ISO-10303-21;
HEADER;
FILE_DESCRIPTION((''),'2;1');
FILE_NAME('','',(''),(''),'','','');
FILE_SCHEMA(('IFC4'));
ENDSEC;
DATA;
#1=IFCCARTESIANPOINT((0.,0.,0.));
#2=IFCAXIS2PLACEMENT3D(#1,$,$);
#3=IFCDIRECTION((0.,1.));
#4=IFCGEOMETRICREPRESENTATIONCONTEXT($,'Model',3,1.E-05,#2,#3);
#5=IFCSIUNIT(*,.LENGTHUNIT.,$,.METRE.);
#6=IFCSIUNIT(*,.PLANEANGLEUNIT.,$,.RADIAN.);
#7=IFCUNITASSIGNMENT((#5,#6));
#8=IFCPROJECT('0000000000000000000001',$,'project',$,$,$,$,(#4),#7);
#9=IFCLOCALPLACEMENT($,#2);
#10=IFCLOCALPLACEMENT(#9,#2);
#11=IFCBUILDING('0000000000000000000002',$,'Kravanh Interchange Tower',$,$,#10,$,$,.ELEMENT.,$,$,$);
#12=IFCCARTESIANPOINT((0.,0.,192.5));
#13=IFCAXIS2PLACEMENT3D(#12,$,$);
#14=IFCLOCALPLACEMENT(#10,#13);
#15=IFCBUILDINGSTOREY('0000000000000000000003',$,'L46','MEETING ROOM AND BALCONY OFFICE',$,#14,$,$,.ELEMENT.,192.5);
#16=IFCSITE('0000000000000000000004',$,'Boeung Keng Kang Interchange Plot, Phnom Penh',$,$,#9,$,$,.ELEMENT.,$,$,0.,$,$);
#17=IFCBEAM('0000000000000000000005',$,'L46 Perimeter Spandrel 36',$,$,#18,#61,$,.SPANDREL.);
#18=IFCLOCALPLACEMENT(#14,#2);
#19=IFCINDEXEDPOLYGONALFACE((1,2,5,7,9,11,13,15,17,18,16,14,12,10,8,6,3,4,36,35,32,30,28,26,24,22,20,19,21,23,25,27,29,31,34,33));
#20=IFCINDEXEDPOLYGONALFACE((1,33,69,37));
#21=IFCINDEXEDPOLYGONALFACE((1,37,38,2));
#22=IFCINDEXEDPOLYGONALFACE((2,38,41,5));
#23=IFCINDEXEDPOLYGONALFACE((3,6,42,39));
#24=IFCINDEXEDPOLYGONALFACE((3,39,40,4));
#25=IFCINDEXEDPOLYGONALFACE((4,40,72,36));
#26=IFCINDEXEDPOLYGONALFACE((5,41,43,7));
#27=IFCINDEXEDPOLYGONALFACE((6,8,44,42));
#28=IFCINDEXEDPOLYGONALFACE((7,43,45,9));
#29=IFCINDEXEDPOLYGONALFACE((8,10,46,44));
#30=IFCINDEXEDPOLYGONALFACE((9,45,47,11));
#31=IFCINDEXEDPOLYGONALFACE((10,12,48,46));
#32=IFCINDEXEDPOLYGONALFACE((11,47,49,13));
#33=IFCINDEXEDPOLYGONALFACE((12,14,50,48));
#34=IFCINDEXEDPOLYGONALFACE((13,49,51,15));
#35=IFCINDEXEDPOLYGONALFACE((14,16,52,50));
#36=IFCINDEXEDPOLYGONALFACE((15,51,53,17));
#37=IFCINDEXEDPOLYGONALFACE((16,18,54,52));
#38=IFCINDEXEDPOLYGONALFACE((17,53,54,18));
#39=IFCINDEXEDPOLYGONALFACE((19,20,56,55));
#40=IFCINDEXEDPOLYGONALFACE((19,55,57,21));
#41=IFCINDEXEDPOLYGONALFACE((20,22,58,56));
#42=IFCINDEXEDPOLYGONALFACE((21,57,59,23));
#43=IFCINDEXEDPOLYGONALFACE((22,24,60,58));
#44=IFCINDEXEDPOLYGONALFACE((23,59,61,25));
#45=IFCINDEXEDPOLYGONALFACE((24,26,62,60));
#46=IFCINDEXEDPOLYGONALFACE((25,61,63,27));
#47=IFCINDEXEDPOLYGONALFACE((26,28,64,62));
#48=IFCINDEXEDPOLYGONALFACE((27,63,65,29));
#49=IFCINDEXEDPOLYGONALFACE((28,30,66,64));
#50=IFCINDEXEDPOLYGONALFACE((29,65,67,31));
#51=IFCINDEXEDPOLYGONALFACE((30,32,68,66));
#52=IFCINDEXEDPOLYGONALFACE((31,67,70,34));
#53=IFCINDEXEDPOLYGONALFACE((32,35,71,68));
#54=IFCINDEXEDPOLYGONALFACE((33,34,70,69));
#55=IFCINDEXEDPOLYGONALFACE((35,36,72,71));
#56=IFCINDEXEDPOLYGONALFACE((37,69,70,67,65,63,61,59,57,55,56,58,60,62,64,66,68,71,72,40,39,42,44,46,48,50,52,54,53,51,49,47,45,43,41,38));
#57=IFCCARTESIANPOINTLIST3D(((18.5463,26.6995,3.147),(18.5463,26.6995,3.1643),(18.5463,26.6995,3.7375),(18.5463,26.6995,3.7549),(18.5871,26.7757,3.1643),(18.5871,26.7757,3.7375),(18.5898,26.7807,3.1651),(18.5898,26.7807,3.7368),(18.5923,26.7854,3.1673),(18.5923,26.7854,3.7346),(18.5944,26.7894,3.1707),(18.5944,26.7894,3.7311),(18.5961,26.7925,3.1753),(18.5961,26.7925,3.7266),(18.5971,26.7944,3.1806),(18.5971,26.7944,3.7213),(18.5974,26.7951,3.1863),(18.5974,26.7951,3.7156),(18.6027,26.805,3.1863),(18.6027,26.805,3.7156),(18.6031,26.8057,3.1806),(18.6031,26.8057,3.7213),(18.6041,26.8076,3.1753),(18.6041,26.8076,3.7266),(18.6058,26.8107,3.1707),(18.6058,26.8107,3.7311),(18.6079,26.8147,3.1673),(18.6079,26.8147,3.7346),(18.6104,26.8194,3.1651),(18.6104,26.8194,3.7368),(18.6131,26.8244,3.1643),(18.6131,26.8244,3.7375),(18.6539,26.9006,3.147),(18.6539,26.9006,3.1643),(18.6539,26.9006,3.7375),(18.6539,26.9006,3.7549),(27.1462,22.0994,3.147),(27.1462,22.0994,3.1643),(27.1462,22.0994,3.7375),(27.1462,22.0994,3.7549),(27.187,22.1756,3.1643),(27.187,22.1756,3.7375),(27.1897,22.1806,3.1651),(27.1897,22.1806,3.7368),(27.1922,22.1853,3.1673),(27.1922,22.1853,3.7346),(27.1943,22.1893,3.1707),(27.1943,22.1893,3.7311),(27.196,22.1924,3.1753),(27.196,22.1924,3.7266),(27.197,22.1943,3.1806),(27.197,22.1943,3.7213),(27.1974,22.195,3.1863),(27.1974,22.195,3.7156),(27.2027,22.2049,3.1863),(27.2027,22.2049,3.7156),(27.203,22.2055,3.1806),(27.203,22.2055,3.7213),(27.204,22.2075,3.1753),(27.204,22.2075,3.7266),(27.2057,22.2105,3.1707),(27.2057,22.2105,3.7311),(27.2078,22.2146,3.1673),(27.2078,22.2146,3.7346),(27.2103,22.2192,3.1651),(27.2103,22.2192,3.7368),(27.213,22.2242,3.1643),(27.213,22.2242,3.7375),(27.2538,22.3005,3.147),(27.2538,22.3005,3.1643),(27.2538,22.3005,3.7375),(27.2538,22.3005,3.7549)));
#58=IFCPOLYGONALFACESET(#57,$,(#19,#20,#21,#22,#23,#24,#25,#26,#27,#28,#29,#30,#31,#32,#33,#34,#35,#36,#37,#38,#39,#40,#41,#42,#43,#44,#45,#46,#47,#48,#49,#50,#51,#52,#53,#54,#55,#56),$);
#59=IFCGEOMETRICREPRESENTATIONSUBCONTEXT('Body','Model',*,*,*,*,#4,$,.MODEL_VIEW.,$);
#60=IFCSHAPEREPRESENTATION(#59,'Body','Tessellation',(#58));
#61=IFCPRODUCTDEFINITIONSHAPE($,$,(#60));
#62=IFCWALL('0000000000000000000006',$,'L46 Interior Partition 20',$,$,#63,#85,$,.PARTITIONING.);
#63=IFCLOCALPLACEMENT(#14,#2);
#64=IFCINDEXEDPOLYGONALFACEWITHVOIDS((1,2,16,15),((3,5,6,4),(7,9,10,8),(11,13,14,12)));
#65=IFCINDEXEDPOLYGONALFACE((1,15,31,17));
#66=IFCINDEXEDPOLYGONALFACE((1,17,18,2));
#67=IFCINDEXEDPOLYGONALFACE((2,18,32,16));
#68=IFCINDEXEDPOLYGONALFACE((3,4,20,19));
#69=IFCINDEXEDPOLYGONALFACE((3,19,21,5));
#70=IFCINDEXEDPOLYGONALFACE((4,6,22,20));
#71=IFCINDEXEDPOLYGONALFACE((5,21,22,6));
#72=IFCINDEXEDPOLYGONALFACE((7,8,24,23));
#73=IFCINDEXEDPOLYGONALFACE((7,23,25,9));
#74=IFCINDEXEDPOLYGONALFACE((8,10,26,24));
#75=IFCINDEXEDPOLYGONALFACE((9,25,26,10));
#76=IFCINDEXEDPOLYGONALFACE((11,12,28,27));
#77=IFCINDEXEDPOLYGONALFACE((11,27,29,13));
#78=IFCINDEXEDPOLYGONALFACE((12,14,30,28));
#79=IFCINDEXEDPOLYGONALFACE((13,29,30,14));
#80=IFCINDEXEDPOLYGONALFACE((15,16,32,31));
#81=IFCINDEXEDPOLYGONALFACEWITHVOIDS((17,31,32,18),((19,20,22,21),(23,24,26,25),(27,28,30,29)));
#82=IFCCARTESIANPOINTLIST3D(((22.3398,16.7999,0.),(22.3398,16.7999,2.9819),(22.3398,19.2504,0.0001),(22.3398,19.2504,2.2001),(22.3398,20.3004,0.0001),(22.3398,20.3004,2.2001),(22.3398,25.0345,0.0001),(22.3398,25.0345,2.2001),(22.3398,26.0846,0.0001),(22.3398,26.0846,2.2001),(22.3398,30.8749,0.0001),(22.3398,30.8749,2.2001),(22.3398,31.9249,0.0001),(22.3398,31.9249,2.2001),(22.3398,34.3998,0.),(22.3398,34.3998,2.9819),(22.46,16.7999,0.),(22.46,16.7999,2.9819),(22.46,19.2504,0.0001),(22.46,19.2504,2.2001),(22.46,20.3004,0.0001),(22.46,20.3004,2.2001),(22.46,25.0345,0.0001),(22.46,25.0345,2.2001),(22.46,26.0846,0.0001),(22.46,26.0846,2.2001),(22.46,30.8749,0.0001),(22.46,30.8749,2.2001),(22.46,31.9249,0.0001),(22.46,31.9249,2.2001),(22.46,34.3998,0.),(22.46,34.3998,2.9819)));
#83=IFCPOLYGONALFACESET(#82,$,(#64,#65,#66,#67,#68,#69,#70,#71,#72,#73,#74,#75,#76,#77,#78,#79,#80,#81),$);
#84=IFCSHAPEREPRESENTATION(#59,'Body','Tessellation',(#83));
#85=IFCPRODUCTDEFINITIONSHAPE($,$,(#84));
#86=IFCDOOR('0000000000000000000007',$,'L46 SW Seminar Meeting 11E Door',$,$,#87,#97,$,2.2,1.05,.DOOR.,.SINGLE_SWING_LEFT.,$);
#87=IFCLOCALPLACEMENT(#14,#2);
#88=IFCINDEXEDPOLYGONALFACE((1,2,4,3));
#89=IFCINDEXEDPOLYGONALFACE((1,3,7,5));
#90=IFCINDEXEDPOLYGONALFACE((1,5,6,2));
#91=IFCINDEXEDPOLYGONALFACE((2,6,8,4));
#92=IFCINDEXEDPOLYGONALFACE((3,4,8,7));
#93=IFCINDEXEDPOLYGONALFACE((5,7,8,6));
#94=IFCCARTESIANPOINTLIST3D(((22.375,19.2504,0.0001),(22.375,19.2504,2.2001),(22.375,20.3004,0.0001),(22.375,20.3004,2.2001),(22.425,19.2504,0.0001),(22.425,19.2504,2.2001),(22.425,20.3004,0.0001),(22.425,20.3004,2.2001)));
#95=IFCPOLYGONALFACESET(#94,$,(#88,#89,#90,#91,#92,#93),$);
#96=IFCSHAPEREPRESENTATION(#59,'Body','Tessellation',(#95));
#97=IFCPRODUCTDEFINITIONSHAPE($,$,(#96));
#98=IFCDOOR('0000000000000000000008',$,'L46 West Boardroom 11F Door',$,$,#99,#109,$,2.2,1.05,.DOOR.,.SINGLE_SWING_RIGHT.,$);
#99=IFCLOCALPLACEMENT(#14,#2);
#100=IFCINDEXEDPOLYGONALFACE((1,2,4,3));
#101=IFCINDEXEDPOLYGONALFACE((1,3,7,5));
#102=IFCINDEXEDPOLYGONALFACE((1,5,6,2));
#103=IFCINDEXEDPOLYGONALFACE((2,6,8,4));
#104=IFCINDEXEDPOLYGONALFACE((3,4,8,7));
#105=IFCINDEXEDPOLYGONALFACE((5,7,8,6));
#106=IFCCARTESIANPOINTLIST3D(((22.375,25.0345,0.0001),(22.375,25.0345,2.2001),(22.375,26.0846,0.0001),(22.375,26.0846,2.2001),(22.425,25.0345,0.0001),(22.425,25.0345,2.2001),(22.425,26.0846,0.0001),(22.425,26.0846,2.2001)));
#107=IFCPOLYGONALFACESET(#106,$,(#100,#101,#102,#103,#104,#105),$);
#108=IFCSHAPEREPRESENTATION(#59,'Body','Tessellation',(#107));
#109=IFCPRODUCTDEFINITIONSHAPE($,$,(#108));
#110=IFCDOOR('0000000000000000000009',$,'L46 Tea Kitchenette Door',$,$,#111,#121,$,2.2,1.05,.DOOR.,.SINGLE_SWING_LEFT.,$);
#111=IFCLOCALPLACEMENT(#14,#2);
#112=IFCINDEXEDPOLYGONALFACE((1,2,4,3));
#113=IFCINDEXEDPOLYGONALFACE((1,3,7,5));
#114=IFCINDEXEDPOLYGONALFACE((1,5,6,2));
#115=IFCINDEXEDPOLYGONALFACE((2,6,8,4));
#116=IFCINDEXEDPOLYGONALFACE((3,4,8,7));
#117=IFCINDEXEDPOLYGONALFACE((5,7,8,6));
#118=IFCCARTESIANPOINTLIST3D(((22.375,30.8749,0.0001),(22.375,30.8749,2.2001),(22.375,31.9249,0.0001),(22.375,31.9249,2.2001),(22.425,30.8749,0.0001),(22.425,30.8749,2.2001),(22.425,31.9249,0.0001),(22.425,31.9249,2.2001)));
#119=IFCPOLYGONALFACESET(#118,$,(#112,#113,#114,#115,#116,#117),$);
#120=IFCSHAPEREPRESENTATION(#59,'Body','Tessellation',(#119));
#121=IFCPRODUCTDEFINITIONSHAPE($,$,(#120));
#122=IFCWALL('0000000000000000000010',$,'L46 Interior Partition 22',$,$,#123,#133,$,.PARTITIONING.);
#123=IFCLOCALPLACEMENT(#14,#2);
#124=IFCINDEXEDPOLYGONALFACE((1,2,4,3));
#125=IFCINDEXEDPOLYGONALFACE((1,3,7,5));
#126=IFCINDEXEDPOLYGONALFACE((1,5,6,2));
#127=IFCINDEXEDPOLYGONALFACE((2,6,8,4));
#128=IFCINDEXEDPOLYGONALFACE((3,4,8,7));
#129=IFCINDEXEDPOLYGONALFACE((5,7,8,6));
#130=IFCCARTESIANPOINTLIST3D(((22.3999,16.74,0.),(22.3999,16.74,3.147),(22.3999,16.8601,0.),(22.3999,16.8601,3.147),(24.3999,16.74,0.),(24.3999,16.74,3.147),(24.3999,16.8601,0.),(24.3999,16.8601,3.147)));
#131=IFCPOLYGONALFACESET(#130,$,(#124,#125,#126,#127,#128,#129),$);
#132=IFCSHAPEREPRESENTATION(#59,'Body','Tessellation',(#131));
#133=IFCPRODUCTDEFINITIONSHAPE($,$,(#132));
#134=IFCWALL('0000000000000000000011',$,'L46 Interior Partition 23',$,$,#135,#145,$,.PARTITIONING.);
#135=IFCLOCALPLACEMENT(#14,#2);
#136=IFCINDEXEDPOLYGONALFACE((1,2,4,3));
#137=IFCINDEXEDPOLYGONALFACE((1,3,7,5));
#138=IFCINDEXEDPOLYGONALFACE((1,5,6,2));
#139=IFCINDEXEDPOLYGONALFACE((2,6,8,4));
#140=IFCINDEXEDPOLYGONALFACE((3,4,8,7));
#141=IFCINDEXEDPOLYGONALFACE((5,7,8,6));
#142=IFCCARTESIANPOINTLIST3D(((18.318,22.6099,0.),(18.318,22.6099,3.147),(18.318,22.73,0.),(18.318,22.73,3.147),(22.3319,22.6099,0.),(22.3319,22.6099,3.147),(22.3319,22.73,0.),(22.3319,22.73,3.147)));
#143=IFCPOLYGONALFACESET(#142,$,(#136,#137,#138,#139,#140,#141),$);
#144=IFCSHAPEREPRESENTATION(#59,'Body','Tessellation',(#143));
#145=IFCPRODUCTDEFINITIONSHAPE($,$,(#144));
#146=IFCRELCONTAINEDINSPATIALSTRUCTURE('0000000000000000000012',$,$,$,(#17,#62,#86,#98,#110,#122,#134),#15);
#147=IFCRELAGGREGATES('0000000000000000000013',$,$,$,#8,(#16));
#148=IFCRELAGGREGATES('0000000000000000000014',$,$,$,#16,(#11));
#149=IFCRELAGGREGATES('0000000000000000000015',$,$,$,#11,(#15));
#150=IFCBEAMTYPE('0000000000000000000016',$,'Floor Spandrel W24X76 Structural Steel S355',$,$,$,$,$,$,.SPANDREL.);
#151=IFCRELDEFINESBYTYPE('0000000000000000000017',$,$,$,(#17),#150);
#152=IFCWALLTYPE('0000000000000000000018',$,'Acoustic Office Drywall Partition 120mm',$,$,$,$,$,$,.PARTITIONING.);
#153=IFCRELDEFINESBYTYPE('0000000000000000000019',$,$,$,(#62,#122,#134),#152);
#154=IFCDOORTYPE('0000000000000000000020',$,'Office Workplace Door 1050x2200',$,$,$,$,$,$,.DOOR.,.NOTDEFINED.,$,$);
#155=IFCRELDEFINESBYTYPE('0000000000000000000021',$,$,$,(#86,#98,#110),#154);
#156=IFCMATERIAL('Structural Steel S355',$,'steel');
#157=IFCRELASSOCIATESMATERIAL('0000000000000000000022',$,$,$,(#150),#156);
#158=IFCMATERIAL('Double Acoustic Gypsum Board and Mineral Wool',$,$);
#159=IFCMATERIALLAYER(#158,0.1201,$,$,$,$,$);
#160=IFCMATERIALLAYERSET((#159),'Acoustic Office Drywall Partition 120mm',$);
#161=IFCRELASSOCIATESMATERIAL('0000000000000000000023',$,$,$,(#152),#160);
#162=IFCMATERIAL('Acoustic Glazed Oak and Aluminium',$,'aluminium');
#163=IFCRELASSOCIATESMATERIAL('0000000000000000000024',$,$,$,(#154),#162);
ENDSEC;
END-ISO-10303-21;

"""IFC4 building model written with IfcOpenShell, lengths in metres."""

from ifc_helpers import new_model, si_unit, direction, frame, frame_2d, origin, origin_2d, place, context, subcontext, project, spatial, rectangle, i_section, extrude, material, layer, layer_set, material_profile, profile_set, type_object, element, fill, save


model = new_model("IFC4")

# Units and contexts
model_context = context("Model", 3, precision=1e-05, world=origin(), true_north=direction((0.0, 1.0)))
body_context = subcontext(model_context, "Body", "Model", "MODEL_VIEW")
ifc_project = project(units=[si_unit("LENGTHUNIT", "METRE"), si_unit("PLANEANGLEUNIT", "RADIAN")], contexts=[model_context])

# Site, building, storey
site_placement = place(None, origin())
site = spatial("IfcSite", under=ifc_project, at=site_placement, Name="Boeung Keng Kang Interchange Plot, Phnom Penh", CompositionType="ELEMENT", RefElevation=0.0)
building_placement = place(site_placement, origin())
building = spatial("IfcBuilding", under=site, at=building_placement, Name="Kravanh Interchange Tower", CompositionType="ELEMENT")
storey_placement = place(building_placement, frame((0.0, 0.0, 192.5)))
storey = spatial("IfcBuildingStorey", under=building, at=storey_placement, Name="L46", Description="MEETING ROOM AND BALCONY OFFICE", CompositionType="ELEMENT", Elevation=192.5)

# Beam
ifc_material_1 = material(Name="Structural Steel S355", Category="steel")
ifc_material_profile_1 = material_profile(ifc_material_1, i_section(OverallWidth=0.228, OverallDepth=0.6079, WebThickness=0.0112, FlangeThickness=0.0173, FilletRadius=0.022, at=origin_2d()), Name="W24X76")
ifc_profile_set_1 = profile_set([ifc_material_profile_1], Name="Structural Steel S355")
beam_type_1 = type_object("IfcBeamType", Name="Floor Spandrel W24X76 Structural Steel S355", PredefinedType="SPANDREL", material=ifc_profile_set_1)
beam_1_placement = place(storey_placement, frame((18.6001, 26.8, 3.4509), z_axis=(0.881777, -0.471666, 0.0), x_axis=(0.471666, 0.881777, 0.0)))
element("IfcBeam", 1, at=beam_1_placement, inside=storey, type_object=beam_type_1, Name="L46 Perimeter Spandrel 36", PredefinedType="SPANDREL", context=body_context, shape_type="SweptSolid", body=[
    extrude(i_section(OverallWidth=0.228, OverallDepth=0.6079, WebThickness=0.0112, FlangeThickness=0.0173, FilletRadius=0.022, at=origin_2d()), origin(), (0.0, 0.0, 1.0), 9.7529),
])

# Wall, openings, doors
ifc_material_2 = material(Name="Double Acoustic Gypsum Board and Mineral Wool")
ifc_layer_1 = layer(ifc_material_2, 0.1201)
ifc_layer_set_1 = layer_set([ifc_layer_1], Name="Acoustic Office Drywall Partition 120mm")
wall_type_1 = type_object("IfcWallType", Name="Acoustic Office Drywall Partition 120mm", PredefinedType="PARTITIONING", material=ifc_layer_set_1)
wall_1_placement = place(storey_placement, frame((22.3999, 16.8, 0.0), z_axis=(0.0, 0.0, 1.0), x_axis=(0.0, 1.0, 0.0)))
wall_1 = element("IfcWall", 2, at=wall_1_placement, inside=storey, type_object=wall_type_1, Name="L46 Interior Partition 20", PredefinedType="PARTITIONING", context=body_context, shape_type="SweptSolid", body=[
    extrude(rectangle(XDim=17.5999, YDim=0.1201, at=frame_2d((8.7998, 0.0))), origin(), (0.0, 0.0, 1.0), 2.9819),
])
opening_1_placement = place(wall_1_placement, frame((2.4504, 0.0, 0.0)))
opening_1 = element("IfcOpeningElement", 3, at=opening_1_placement, cuts=wall_1, PredefinedType="OPENING", context=body_context, shape_type="SweptSolid", body=[
    extrude(rectangle(XDim=1.05, YDim=2.2, at=frame_2d((0.5249, 1.1001))), frame((0.0, 0.0701, 0.0), z_axis=(0.0, -1.0, 0.0), x_axis=(1.0, 0.0, 0.0)), (0.0, 0.0, 1.0), 0.1401),
])
opening_2_placement = place(wall_1_placement, frame((8.2346, 0.0, 0.0)))
opening_2 = element("IfcOpeningElement", 4, at=opening_2_placement, cuts=wall_1, PredefinedType="OPENING", context=body_context, shape_type="SweptSolid", body=[
    extrude(rectangle(XDim=1.05, YDim=2.2, at=frame_2d((0.5249, 1.1001))), frame((0.0, 0.0701, 0.0), z_axis=(0.0, -1.0, 0.0), x_axis=(1.0, 0.0, 0.0)), (0.0, 0.0, 1.0), 0.1401),
])
opening_3_placement = place(wall_1_placement, frame((14.075, 0.0, 0.0)))
opening_3 = element("IfcOpeningElement", 5, at=opening_3_placement, cuts=wall_1, PredefinedType="OPENING", context=body_context, shape_type="SweptSolid", body=[
    extrude(rectangle(XDim=1.05, YDim=2.2, at=frame_2d((0.5249, 1.1001))), frame((0.0, 0.0701, 0.0), z_axis=(0.0, -1.0, 0.0), x_axis=(1.0, 0.0, 0.0)), (0.0, 0.0, 1.0), 0.1401),
])
ifc_material_3 = material(Name="Acoustic Glazed Oak and Aluminium", Category="aluminium")
door_type_1 = type_object("IfcDoorType", Name="Office Workplace Door 1050x2200", OperationType="NOTDEFINED", PredefinedType="DOOR", material=ifc_material_3)
door_1_placement = place(opening_1_placement, origin())
door_1 = element("IfcDoor", 6, at=door_1_placement, inside=storey, type_object=door_type_1, Name="L46 SW Seminar Meeting 11E Door", OperationType="SINGLE_SWING_LEFT", OverallHeight=2.2, OverallWidth=1.05, PredefinedType="DOOR", context=body_context, shape_type="SweptSolid", body=[
    extrude(rectangle(XDim=1.05, YDim=2.2, at=frame_2d((0.5249, 1.1001))), frame((0.0, 0.0249, 0.0), z_axis=(0.0, -1.0, 0.0), x_axis=(1.0, 0.0, 0.0)), (0.0, 0.0, 1.0), 0.05),
])
fill(opening_1, door_1)
door_2_placement = place(opening_2_placement, origin())
door_2 = element("IfcDoor", 7, at=door_2_placement, inside=storey, type_object=door_type_1, Name="L46 West Boardroom 11F Door", OperationType="SINGLE_SWING_RIGHT", OverallHeight=2.2, OverallWidth=1.05, PredefinedType="DOOR", context=body_context, shape_type="SweptSolid", body=[
    extrude(rectangle(XDim=1.05, YDim=2.2, at=frame_2d((0.5249, 1.1001))), frame((0.0, 0.0249, 0.0), z_axis=(0.0, -1.0, 0.0), x_axis=(1.0, 0.0, 0.0)), (0.0, 0.0, 1.0), 0.05),
])
fill(opening_2, door_2)
door_3_placement = place(opening_3_placement, origin())
door_3 = element("IfcDoor", 8, at=door_3_placement, inside=storey, type_object=door_type_1, Name="L46 Tea Kitchenette Door", OperationType="SINGLE_SWING_LEFT", OverallHeight=2.2, OverallWidth=1.05, PredefinedType="DOOR", context=body_context, shape_type="SweptSolid", body=[
    extrude(rectangle(XDim=1.05, YDim=2.2, at=frame_2d((0.5249, 1.1001))), frame((0.0, 0.0249, 0.0), z_axis=(0.0, -1.0, 0.0), x_axis=(1.0, 0.0, 0.0)), (0.0, 0.0, 1.0), 0.05),
])
fill(opening_3, door_3)

# Walls
wall_2_placement = place(storey_placement, frame((22.3999, 16.8, 0.0), z_axis=(0.0, 0.0, 1.0), x_axis=(1.0, 0.0, 0.0)))
element("IfcWall", 9, at=wall_2_placement, inside=storey, type_object=wall_type_1, Name="L46 Interior Partition 22", PredefinedType="PARTITIONING", context=body_context, shape_type="SweptSolid", body=[
    extrude(rectangle(XDim=2.0, YDim=0.1201, at=frame_2d((1.0, 0.0))), origin(), (0.0, 0.0, 1.0), 3.147),
])
wall_3_placement = place(storey_placement, frame((18.3181, 22.6699, 0.0), z_axis=(0.0, 0.0, 1.0), x_axis=(1.0, 0.0, 0.0)))
element("IfcWall", 10, at=wall_3_placement, inside=storey, type_object=wall_type_1, Name="L46 Interior Partition 23", PredefinedType="PARTITIONING", context=body_context, shape_type="SweptSolid", body=[
    extrude(rectangle(XDim=4.0139, YDim=0.1201, at=frame_2d((2.0068, 0.0))), origin(), (0.0, 0.0, 1.0), 3.147),
])

save(model, "model.ifc")
